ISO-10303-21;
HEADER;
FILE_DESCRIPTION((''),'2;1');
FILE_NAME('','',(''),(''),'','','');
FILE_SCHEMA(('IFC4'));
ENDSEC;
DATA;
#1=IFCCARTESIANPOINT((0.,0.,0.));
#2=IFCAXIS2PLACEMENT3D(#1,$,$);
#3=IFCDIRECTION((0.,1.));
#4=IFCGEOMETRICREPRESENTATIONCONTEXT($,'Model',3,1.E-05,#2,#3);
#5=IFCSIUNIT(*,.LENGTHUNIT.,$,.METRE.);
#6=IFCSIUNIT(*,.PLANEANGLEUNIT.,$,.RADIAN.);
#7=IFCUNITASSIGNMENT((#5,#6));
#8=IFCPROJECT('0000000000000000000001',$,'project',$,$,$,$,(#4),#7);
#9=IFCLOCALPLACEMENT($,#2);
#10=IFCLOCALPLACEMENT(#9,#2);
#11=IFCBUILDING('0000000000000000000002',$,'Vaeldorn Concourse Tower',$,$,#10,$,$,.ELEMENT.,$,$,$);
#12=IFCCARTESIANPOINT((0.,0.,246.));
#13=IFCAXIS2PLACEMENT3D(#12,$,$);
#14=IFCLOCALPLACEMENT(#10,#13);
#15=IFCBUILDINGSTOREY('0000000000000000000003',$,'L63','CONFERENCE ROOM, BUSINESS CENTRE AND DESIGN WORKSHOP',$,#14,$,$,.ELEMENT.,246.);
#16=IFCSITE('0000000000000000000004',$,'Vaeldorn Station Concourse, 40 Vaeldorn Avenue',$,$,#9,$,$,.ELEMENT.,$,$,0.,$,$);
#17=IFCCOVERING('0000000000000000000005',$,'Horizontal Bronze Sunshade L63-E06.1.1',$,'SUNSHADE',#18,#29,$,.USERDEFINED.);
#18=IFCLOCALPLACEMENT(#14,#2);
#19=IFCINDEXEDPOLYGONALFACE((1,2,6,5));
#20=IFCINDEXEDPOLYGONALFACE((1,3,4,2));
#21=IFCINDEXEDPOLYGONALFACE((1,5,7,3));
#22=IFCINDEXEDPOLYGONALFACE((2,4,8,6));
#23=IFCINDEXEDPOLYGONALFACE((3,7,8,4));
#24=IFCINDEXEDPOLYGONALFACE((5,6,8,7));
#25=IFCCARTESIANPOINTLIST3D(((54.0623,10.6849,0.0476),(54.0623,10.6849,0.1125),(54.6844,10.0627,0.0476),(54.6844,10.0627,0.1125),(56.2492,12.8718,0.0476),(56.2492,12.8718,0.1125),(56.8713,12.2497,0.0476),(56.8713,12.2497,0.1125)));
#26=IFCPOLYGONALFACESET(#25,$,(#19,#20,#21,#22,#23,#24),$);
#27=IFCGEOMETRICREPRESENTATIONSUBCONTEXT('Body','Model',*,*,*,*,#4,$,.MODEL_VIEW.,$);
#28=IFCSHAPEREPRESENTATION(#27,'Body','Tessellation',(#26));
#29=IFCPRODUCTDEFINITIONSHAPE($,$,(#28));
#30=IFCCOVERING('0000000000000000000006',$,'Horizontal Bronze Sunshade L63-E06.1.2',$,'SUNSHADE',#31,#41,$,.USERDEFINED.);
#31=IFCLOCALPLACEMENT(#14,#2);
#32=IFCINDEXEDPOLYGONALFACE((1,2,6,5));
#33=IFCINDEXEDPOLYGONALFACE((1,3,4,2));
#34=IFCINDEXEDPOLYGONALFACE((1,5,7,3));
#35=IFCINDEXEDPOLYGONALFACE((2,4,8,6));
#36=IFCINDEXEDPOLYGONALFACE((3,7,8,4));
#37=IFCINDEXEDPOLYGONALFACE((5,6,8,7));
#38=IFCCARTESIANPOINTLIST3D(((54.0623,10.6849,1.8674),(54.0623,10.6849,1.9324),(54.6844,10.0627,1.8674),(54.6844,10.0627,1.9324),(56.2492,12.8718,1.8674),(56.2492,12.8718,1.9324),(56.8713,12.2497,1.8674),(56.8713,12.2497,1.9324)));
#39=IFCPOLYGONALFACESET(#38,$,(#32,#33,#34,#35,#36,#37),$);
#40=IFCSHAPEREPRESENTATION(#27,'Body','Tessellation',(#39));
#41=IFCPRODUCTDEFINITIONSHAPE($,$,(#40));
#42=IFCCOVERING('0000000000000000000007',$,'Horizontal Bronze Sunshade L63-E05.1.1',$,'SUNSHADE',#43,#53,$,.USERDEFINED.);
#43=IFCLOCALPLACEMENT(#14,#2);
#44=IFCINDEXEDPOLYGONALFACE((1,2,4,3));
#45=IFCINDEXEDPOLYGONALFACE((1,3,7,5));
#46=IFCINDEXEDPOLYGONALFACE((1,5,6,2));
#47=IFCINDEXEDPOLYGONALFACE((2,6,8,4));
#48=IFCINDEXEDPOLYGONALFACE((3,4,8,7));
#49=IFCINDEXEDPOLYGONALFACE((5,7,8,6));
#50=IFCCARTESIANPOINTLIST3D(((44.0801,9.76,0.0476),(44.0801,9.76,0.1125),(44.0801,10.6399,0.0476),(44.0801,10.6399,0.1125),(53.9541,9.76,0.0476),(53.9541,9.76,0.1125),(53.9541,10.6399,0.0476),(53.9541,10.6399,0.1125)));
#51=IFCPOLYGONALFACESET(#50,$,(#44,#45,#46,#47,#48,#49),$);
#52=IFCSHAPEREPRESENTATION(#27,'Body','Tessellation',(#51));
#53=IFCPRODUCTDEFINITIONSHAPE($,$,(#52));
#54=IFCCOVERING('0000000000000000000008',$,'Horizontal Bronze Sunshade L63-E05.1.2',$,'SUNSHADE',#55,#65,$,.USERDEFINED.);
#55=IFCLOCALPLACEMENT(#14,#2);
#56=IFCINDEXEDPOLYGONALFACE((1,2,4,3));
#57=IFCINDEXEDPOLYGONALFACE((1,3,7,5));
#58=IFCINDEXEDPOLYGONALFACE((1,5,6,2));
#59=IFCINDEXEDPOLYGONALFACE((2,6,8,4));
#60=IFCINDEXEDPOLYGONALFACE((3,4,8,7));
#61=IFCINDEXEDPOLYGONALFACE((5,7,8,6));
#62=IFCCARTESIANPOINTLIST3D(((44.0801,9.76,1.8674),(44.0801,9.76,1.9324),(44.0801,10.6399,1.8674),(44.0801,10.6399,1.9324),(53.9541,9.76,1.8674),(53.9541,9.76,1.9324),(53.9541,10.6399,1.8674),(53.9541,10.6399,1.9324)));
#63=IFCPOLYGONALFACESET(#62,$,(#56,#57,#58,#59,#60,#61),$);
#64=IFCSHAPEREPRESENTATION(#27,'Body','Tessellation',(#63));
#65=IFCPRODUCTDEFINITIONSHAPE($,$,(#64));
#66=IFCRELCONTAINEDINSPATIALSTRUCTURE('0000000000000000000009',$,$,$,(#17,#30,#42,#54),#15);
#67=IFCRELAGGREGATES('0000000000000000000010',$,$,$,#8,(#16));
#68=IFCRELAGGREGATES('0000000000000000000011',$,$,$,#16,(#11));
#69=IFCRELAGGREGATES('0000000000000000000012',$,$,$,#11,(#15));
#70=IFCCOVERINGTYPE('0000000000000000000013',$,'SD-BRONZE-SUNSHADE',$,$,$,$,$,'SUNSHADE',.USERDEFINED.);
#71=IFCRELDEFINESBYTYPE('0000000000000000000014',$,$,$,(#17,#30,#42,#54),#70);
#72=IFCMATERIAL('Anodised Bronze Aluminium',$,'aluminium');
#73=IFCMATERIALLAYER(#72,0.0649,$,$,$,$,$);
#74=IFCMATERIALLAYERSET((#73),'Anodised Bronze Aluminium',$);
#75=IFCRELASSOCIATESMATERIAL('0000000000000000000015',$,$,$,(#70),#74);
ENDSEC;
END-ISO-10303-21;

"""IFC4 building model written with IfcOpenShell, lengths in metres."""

from ifc_helpers import new_model, si_unit, direction, frame, origin, origin_2d, place, context, subcontext, project, spatial, rectangle, extrude, source, transform, mapped, material, layer, layer_set, type_object, element, save


model = new_model("IFC4")

# Units and contexts
model_context = context("Model", 3, precision=1e-05, world=origin(), true_north=direction((0.0, 1.0)))
body_context = subcontext(model_context, "Body", "Model", "MODEL_VIEW")
ifc_project = project(units=[si_unit("LENGTHUNIT", "METRE"), si_unit("PLANEANGLEUNIT", "RADIAN")], contexts=[model_context])

# Site, building, storey
site_placement = place(None, origin())
site = spatial("IfcSite", under=ifc_project, at=site_placement, Name="Vaeldorn Station Concourse, 40 Vaeldorn Avenue", CompositionType="ELEMENT", RefElevation=0.0)
building_placement = place(site_placement, origin())
building = spatial("IfcBuilding", under=site, at=building_placement, Name="Vaeldorn Concourse Tower", CompositionType="ELEMENT")
storey_placement = place(building_placement, frame((0.0, 0.0, 246.0)))
storey = spatial("IfcBuildingStorey", under=building, at=storey_placement, Name="L63", Description="CONFERENCE ROOM, BUSINESS CENTRE AND DESIGN WORKSHOP", CompositionType="ELEMENT", Elevation=246.0)

# Shared definitions
ifc_material_1 = material(Name="Anodised Bronze Aluminium", Category="aluminium")

# Coverings
ifc_layer_1 = layer(ifc_material_1, 0.0649)
ifc_layer_set_1 = layer_set([ifc_layer_1], Name="Anodised Bronze Aluminium")
covering_type = type_object("IfcCoveringType", Name="SD-BRONZE-SUNSHADE", ElementType="SUNSHADE", PredefinedType="USERDEFINED", material=ifc_layer_set_1)
shared_shape_1 = source(origin(), body_context, "Body", "SweptSolid", [
    extrude(rectangle(XDim=3.0928, YDim=0.8799, at=origin_2d()), origin(), (0.0, 0.0, 1.0), 0.0649),
])
for number, where, z_axis, x_axis, name in (
    (1, (55.4668, 11.4673, 0.0476), (0.0, 0.0, 1.0), (0.707107, 0.707107, 0.0), "Horizontal Bronze Sunshade L63-E06.1.1"),
    (2, (55.4668, 11.4673, 1.8674), (0.0, 0.0, 1.0), (0.707107, 0.707107, 0.0), "Horizontal Bronze Sunshade L63-E06.1.2"),
):
    element("IfcCovering", number, at=place(storey_placement, frame(where, z_axis=z_axis, x_axis=x_axis)), inside=storey, type_object=covering_type, Name=name, ObjectType="SUNSHADE", PredefinedType="USERDEFINED", context=body_context, shape_type="MappedRepresentation", body=[
        mapped(shared_shape_1, transform((0.0, 0.0, 0.0), scale=1.0)),
    ])
shared_shape_2 = source(origin(), body_context, "Body", "SweptSolid", [
    extrude(rectangle(XDim=9.874, YDim=0.8799, at=origin_2d()), origin(), (0.0, 0.0, 1.0), 0.0649),
])
for number, where, z_axis, x_axis, name in (
    (3, (49.0171, 10.2, 0.0476), (0.0, 0.0, 1.0), (1.0, 0.0, 0.0), "Horizontal Bronze Sunshade L63-E05.1.1"),
    (4, (49.0171, 10.2, 1.8674), (0.0, 0.0, 1.0), (1.0, 0.0, 0.0), "Horizontal Bronze Sunshade L63-E05.1.2"),
):
    element("IfcCovering", number, at=place(storey_placement, frame(where, z_axis=z_axis, x_axis=x_axis)), inside=storey, type_object=covering_type, Name=name, ObjectType="SUNSHADE", PredefinedType="USERDEFINED", context=body_context, shape_type="MappedRepresentation", body=[
        mapped(shared_shape_2, transform((0.0, 0.0, 0.0), scale=1.0)),
    ])

save(model, "model.ifc")
